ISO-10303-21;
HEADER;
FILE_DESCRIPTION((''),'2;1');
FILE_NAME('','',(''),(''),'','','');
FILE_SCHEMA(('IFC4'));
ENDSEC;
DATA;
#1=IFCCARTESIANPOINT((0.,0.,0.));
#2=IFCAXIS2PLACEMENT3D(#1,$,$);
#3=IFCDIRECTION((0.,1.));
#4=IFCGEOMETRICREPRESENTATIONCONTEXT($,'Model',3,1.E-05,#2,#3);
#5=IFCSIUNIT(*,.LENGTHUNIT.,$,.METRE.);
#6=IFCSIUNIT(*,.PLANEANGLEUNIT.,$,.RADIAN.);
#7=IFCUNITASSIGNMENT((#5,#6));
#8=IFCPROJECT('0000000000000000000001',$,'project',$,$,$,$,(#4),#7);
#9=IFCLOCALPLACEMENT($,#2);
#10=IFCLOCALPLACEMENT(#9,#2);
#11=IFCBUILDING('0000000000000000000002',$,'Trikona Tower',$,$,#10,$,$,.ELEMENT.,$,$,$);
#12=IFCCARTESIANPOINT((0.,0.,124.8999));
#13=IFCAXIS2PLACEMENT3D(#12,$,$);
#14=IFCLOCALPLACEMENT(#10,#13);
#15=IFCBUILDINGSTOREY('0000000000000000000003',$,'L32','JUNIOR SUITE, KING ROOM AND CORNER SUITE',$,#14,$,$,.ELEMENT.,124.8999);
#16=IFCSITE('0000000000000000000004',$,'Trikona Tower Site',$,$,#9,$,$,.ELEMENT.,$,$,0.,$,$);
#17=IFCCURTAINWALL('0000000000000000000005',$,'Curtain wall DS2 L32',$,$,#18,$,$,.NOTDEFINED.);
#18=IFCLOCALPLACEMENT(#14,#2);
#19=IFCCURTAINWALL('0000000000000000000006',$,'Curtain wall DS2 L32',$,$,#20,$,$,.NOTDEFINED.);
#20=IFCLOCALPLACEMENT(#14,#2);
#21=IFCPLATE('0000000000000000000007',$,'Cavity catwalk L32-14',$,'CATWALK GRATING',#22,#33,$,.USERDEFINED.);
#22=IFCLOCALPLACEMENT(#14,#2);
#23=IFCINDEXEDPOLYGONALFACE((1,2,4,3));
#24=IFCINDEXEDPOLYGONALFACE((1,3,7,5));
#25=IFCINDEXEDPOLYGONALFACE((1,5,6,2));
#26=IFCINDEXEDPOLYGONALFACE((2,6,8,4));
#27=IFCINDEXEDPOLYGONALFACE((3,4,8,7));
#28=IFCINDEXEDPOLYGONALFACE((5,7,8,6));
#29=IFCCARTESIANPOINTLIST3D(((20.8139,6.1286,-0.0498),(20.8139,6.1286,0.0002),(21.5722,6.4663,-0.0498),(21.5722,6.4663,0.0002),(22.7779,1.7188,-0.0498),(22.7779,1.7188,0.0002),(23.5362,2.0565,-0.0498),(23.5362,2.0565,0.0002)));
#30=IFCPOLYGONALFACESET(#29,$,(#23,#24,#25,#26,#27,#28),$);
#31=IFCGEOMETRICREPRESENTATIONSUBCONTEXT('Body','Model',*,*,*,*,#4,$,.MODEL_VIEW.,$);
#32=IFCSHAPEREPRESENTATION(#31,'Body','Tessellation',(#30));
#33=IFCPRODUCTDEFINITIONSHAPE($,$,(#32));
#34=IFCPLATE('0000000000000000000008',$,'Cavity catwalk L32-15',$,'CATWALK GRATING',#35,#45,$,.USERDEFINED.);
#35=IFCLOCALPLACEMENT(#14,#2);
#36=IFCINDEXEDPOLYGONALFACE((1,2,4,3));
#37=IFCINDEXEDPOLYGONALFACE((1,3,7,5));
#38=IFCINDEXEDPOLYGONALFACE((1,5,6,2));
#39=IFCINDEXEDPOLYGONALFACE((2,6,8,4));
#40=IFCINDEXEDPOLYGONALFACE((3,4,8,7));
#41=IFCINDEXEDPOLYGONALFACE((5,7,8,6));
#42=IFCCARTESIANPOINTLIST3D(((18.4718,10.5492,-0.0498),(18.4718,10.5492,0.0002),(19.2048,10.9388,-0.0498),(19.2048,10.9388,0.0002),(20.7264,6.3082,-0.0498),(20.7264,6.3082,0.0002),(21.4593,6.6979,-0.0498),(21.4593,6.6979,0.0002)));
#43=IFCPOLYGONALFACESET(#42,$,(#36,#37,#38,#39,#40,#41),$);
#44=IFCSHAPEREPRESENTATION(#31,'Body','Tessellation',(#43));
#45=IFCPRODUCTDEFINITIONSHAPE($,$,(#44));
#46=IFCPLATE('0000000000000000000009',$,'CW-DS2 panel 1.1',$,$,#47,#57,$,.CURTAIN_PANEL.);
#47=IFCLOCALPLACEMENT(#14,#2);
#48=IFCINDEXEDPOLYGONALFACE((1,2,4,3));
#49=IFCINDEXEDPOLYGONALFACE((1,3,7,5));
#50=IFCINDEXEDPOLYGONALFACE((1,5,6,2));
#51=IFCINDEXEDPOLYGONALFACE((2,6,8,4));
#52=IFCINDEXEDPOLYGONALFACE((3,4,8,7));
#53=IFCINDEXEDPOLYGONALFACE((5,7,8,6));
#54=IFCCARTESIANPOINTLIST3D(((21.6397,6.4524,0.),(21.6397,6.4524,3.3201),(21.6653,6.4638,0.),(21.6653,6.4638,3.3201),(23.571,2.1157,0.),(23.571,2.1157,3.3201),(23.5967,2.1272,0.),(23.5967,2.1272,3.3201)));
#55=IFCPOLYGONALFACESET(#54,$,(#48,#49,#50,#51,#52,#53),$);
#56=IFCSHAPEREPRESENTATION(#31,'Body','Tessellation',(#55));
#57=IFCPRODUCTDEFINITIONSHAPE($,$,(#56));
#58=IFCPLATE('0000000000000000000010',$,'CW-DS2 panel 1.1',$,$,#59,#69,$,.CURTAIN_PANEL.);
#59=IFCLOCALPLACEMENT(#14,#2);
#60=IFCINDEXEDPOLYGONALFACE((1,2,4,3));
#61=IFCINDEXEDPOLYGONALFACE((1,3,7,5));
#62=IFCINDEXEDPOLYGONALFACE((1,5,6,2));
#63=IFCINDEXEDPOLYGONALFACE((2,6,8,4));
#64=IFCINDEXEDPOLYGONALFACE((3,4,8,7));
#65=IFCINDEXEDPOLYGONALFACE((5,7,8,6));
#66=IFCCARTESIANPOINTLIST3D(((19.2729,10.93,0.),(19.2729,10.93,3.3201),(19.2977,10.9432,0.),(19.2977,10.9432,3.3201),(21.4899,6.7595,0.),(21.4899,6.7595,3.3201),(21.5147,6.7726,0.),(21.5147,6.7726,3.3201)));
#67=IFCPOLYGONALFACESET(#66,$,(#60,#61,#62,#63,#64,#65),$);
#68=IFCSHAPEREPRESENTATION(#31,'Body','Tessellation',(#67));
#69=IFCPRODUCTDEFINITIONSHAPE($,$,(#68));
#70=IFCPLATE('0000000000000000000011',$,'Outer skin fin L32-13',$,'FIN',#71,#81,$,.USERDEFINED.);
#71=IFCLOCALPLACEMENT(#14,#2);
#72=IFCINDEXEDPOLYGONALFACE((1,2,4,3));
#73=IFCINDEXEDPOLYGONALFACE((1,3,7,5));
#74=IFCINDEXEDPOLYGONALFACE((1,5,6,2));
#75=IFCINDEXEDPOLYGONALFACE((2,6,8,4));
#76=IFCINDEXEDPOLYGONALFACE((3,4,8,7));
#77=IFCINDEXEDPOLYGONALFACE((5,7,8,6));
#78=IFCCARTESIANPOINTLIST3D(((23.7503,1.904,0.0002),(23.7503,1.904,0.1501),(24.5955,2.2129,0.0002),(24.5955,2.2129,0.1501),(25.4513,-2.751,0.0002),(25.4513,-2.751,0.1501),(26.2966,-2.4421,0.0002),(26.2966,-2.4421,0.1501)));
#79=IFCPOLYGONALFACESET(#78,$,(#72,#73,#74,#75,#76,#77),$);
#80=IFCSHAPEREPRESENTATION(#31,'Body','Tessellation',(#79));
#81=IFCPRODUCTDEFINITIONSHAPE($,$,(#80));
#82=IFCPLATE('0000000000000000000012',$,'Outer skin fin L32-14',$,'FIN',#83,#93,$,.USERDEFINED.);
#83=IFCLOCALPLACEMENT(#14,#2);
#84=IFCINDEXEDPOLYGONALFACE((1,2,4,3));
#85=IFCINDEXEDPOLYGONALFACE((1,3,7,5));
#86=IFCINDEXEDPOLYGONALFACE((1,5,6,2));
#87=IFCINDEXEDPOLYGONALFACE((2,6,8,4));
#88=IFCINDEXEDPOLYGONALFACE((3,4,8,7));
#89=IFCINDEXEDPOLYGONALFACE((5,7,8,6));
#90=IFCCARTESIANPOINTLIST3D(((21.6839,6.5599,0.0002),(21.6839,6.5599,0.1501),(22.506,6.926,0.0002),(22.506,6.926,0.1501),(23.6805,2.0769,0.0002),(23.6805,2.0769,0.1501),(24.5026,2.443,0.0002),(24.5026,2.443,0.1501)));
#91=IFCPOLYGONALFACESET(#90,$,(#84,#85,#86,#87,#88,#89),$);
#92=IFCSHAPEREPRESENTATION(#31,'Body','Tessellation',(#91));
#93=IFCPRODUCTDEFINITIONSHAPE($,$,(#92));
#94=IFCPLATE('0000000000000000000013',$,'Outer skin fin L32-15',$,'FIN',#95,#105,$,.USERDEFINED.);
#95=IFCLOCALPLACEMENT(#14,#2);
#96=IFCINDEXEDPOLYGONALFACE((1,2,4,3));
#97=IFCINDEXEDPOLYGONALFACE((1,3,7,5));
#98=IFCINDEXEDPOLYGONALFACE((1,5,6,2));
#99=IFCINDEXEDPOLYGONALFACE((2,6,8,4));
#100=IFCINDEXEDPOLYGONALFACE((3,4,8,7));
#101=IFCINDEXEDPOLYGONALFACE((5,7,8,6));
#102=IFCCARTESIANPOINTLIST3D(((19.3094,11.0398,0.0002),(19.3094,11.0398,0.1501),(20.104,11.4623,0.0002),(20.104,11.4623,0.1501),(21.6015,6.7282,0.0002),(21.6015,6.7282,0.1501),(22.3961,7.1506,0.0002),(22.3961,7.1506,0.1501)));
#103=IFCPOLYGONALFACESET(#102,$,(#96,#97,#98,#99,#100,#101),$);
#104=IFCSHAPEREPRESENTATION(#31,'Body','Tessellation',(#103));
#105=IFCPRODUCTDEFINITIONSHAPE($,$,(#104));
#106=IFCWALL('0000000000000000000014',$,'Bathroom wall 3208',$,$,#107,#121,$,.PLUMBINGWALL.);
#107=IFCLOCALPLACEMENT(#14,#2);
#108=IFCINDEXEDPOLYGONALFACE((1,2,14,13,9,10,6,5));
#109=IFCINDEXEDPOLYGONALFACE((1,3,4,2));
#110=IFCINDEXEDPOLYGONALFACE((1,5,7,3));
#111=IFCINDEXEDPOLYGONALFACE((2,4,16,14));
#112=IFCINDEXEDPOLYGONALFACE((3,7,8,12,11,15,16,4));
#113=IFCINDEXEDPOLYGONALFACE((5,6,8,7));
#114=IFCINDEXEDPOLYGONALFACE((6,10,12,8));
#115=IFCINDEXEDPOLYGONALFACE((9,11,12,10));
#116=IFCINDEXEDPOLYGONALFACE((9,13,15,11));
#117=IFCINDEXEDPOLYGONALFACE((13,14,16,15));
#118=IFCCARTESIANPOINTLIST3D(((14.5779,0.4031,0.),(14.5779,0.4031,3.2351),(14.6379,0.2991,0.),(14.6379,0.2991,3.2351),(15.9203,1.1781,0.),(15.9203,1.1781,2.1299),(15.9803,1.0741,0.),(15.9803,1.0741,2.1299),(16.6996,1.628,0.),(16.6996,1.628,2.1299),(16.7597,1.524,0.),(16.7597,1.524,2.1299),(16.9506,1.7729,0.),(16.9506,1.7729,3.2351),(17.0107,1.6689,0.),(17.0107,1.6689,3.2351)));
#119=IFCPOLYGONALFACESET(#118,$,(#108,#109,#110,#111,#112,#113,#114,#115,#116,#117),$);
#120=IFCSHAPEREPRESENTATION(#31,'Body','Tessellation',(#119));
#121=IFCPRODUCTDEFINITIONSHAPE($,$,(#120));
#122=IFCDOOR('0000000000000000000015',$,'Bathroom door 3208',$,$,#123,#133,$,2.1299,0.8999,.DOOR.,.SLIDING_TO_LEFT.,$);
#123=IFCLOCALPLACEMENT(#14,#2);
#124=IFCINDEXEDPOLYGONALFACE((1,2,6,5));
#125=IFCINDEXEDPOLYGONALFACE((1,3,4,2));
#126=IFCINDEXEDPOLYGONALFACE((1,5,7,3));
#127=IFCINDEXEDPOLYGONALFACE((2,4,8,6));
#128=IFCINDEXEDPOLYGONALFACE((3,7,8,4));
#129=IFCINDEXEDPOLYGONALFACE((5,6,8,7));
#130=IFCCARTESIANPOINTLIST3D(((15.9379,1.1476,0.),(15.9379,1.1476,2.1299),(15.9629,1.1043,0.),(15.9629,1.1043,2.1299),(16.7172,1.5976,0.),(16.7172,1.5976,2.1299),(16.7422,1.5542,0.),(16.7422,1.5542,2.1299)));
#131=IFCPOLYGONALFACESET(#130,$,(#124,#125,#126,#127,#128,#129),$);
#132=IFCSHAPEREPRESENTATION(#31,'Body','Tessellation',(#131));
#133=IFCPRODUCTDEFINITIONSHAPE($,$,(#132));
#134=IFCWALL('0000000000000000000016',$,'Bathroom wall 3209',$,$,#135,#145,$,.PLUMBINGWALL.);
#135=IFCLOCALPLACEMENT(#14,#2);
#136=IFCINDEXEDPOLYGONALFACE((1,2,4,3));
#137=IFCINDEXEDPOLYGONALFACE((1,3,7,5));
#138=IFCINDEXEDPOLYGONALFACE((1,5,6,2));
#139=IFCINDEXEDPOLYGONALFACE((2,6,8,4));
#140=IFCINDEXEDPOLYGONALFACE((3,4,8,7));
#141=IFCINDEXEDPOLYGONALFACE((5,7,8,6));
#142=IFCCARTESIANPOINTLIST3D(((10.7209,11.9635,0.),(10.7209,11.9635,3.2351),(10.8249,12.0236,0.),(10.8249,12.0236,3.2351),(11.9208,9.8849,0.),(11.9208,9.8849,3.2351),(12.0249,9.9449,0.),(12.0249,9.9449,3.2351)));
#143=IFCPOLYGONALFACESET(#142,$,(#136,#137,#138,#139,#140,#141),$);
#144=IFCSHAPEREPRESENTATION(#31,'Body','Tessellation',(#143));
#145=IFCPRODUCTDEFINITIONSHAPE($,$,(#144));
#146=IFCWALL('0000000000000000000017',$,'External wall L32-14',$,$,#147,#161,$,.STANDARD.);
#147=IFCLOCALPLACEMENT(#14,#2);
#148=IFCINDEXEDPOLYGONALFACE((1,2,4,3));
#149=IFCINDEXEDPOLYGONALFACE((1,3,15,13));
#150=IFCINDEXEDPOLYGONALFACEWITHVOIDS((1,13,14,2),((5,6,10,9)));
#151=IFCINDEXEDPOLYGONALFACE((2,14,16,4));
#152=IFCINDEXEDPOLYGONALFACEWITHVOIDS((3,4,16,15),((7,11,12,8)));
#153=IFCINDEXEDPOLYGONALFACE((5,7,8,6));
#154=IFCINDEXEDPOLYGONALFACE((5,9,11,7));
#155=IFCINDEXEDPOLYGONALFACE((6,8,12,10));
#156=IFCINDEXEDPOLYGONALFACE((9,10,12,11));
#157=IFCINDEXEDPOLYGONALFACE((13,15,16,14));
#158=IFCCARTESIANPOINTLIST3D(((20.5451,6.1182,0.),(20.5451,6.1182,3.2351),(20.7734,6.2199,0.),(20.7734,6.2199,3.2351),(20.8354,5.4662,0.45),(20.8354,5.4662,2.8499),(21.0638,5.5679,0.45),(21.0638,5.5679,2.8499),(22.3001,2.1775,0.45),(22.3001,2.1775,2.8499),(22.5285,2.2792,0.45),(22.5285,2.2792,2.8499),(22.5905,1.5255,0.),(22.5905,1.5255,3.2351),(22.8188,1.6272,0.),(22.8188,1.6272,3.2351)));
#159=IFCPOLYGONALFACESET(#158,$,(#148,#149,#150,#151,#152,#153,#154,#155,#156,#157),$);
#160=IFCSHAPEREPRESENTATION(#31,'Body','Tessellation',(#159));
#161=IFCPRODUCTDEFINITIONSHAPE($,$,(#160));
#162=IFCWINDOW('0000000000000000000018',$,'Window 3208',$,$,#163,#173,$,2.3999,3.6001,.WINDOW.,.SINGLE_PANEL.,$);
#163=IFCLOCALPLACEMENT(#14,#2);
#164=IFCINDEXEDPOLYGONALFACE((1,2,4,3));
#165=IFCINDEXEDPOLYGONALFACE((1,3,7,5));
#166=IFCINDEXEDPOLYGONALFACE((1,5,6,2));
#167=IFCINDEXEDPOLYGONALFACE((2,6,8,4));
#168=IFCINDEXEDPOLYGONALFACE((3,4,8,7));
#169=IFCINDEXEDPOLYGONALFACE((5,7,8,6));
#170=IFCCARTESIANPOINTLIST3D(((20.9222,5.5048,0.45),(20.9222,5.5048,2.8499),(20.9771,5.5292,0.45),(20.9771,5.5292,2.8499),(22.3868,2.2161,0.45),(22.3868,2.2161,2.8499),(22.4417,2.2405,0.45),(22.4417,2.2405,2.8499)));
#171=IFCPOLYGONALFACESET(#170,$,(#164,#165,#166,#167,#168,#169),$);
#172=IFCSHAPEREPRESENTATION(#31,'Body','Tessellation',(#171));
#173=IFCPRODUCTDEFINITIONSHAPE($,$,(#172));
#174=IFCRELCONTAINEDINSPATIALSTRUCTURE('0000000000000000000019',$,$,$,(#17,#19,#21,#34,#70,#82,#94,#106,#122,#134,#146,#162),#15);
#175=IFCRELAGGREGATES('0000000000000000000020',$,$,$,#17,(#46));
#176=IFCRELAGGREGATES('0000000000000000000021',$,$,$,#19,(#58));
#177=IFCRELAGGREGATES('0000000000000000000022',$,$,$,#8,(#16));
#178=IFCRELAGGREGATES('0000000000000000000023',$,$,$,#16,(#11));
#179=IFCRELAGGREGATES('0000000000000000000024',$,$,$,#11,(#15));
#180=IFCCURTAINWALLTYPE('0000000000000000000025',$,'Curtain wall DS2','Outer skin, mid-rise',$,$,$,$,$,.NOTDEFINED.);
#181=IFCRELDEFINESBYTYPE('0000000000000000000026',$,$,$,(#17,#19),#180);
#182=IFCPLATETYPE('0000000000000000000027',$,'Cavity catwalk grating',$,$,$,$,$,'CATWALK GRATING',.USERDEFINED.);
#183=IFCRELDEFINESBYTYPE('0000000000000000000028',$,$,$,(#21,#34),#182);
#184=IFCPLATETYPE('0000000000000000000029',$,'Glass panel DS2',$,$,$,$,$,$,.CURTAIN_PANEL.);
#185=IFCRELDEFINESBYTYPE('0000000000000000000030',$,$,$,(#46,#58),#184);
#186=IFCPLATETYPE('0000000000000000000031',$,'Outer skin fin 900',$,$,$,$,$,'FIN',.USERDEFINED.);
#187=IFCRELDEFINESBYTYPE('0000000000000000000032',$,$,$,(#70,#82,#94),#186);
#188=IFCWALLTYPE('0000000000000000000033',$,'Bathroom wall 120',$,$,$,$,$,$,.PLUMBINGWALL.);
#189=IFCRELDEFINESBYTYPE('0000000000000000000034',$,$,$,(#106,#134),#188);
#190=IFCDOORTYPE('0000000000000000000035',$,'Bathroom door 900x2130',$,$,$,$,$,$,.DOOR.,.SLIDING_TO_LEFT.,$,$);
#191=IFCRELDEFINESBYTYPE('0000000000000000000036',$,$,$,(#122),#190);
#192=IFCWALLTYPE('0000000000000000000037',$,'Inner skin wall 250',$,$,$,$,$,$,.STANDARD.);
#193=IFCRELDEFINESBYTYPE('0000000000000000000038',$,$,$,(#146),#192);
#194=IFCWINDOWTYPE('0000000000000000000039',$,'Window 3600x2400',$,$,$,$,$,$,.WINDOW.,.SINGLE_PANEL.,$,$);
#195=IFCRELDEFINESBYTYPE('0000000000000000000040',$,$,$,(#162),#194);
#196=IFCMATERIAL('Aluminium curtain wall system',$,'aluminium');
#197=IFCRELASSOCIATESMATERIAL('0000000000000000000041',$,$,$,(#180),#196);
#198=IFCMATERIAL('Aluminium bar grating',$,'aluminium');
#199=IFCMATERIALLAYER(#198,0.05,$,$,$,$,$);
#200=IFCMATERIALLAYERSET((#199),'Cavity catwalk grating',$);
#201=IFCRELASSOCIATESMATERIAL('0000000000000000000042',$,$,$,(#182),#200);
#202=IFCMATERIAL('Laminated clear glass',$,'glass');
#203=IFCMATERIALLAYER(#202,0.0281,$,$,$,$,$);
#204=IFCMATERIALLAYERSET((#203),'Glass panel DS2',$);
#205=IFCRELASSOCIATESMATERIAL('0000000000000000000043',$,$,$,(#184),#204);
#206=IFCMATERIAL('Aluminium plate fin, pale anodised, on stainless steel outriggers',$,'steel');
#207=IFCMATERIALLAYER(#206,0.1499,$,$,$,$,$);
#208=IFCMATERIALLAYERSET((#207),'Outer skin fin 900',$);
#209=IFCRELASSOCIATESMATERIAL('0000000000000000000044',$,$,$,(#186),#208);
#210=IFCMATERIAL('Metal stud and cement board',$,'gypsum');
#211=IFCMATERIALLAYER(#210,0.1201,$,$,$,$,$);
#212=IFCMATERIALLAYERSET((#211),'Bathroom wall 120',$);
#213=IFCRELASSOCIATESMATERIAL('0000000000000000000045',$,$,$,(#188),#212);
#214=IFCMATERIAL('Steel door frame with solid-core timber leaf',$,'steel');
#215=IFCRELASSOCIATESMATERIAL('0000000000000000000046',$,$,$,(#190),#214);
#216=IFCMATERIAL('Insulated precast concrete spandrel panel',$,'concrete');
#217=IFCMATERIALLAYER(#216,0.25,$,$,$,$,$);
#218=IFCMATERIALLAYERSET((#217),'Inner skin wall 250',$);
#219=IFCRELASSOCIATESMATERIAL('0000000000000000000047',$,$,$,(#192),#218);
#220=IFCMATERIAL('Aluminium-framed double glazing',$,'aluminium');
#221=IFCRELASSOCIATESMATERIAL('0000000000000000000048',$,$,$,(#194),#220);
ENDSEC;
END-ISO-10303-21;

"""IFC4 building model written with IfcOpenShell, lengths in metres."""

from ifc_helpers import new_model, si_unit, direction, frame, frame_2d, origin, origin_2d, place, context, subcontext, project, spatial, rectangle, extrude, material, layer, layer_set, type_object, element, fill, aggregate, save


model = new_model("IFC4")

# Units and contexts
model_context = context("Model", 3, precision=1e-05, world=origin(), true_north=direction((0.0, 1.0)))
body_context = subcontext(model_context, "Body", "Model", "MODEL_VIEW")
ifc_project = project(units=[si_unit("LENGTHUNIT", "METRE"), si_unit("PLANEANGLEUNIT", "RADIAN")], contexts=[model_context])

# Site, building, storey
site_placement = place(None, origin())
site = spatial("IfcSite", under=ifc_project, at=site_placement, Name="Trikona Tower Site", CompositionType="ELEMENT", RefElevation=0.0)
building_placement = place(site_placement, origin())
building = spatial("IfcBuilding", under=site, at=building_placement, Name="Trikona Tower", CompositionType="ELEMENT")
storey_placement = place(building_placement, frame((0.0, 0.0, 124.8999)))
storey = spatial("IfcBuildingStorey", under=building, at=storey_placement, Name="L32", Description="JUNIOR SUITE, KING ROOM AND CORNER SUITE", CompositionType="ELEMENT", Elevation=124.8999)

# Shared definitions
ifc_material_1 = material(Name="Aluminium curtain wall system", Category="aluminium")
curtain_wall_type = type_object("IfcCurtainWallType", Name="Curtain wall DS2", Description="Outer skin, mid-rise", PredefinedType="NOTDEFINED", material=ifc_material_1)

# Curtain walls
curtain_wall_1_placement = place(storey_placement, origin())
curtain_wall_1 = element("IfcCurtainWall", 1, at=curtain_wall_1_placement, inside=storey, type_object=curtain_wall_type, Name="Curtain wall DS2 L32", PredefinedType="NOTDEFINED")
curtain_wall_2_placement = place(storey_placement, origin())
curtain_wall_2 = element("IfcCurtainWall", 2, at=curtain_wall_2_placement, inside=storey, type_object=curtain_wall_type, Name="Curtain wall DS2 L32", PredefinedType="NOTDEFINED")

# Plates
ifc_material_2 = material(Name="Aluminium bar grating", Category="aluminium")
ifc_layer_1 = layer(ifc_material_2, 0.05)
ifc_layer_set_1 = layer_set([ifc_layer_1], Name="Cavity catwalk grating")
plate_type_1 = type_object("IfcPlateType", Name="Cavity catwalk grating", ElementType="CATWALK GRATING", PredefinedType="USERDEFINED", material=ifc_layer_set_1)
plate_1_placement = place(storey_placement, frame((22.175, 4.0925, -0.0498), z_axis=(0.0, 0.0, 1.0), x_axis=(-0.406843, 0.913498, 0.0)))
element("IfcPlate", 3, at=plate_1_placement, inside=storey, type_object=plate_type_1, Name="Cavity catwalk L32-14", ObjectType="CATWALK GRATING", PredefinedType="USERDEFINED", context=body_context, shape_type="SweptSolid", body=[
    extrude(rectangle(XDim=4.8274, YDim=0.8301, at=origin_2d()), origin(), (0.0, 0.0, 1.0), 0.05),
])
plate_2_placement = place(storey_placement, frame((19.9656, 8.6235, -0.0498), z_axis=(0.0, 0.0, 1.0), x_axis=(-0.469398, 0.882987, 0.0)))
element("IfcPlate", 4, at=plate_2_placement, inside=storey, type_object=plate_type_1, Name="Cavity catwalk L32-15", ObjectType="CATWALK GRATING", PredefinedType="USERDEFINED", context=body_context, shape_type="SweptSolid", body=[
    extrude(rectangle(XDim=4.803, YDim=0.8301, at=origin_2d()), origin(), (0.0, 0.0, 1.0), 0.05),
])

# Plates
ifc_material_3 = material(Name="Laminated clear glass", Category="glass")
ifc_layer_2 = layer(ifc_material_3, 0.0281)
ifc_layer_set_2 = layer_set([ifc_layer_2], Name="Glass panel DS2")
plate_type_2 = type_object("IfcPlateType", Name="Glass panel DS2", PredefinedType="CURTAIN_PANEL", material=ifc_layer_set_2)
plate_3_placement = place(storey_placement, frame((22.6182, 4.2898, 0.0), z_axis=(0.0, 0.0, 1.0), x_axis=(-0.406836, 0.913501, 0.0)))
plate_3 = element("IfcPlate", 5, at=plate_3_placement, type_object=plate_type_2, Name="CW-DS2 panel 1.1", PredefinedType="CURTAIN_PANEL", context=body_context, shape_type="SweptSolid", body=[
    extrude(rectangle(XDim=4.7473, YDim=0.0281, at=origin_2d()), origin(), (0.0, 0.0, 1.0), 3.3201),
])
aggregate(curtain_wall_1, [plate_3])
plate_4_placement = place(storey_placement, frame((20.3938, 8.8513, 0.0), z_axis=(0.0, 0.0, 1.0), x_axis=(-0.46938, 0.882996, 0.0)))
plate_4 = element("IfcPlate", 6, at=plate_4_placement, type_object=plate_type_2, Name="CW-DS2 panel 1.1", PredefinedType="CURTAIN_PANEL", context=body_context, shape_type="SweptSolid", body=[
    extrude(rectangle(XDim=4.7231, YDim=0.0281, at=origin_2d()), origin(), (0.0, 0.0, 1.0), 3.3201),
])
aggregate(curtain_wall_2, [plate_4])

# Plates
ifc_material_4 = material(Name="Aluminium plate fin, pale anodised, on stainless steel outriggers", Category="steel")
ifc_layer_3 = layer(ifc_material_4, 0.1499)
ifc_layer_set_3 = layer_set([ifc_layer_3], Name="Outer skin fin 900")
plate_type_3 = type_object("IfcPlateType", Name="Outer skin fin 900", ElementType="FIN", PredefinedType="USERDEFINED", material=ifc_layer_set_3)
plate_5_placement = place(storey_placement, frame((25.0234, -0.269, 0.0002), z_axis=(0.0, 0.0, 1.0), x_axis=(-0.34322, 0.939255, 0.0)))
element("IfcPlate", 7, at=plate_5_placement, inside=storey, type_object=plate_type_3, Name="Outer skin fin L32-13", ObjectType="FIN", PredefinedType="USERDEFINED", context=body_context, shape_type="SweptSolid", body=[
    extrude(rectangle(XDim=4.9561, YDim=0.8999, at=origin_2d()), origin(), (0.0, 0.0, 1.0), 0.1499),
])
plate_6_placement = place(storey_placement, frame((23.0933, 4.5015, 0.0002), z_axis=(0.0, 0.0, 1.0), x_axis=(-0.406843, 0.913498, 0.0)))
element("IfcPlate", 8, at=plate_6_placement, inside=storey, type_object=plate_type_3, Name="Outer skin fin L32-14", ObjectType="FIN", PredefinedType="USERDEFINED", context=body_context, shape_type="SweptSolid", body=[
    extrude(rectangle(XDim=4.9075, YDim=0.8999, at=origin_2d()), origin(), (0.0, 0.0, 1.0), 0.1499),
])
plate_7_placement = place(storey_placement, frame((20.8528, 9.0952, 0.0002), z_axis=(0.0, 0.0, 1.0), x_axis=(-0.469398, 0.882987, 0.0)))
element("IfcPlate", 9, at=plate_7_placement, inside=storey, type_object=plate_type_3, Name="Outer skin fin L32-15", ObjectType="FIN", PredefinedType="USERDEFINED", context=body_context, shape_type="SweptSolid", body=[
    extrude(rectangle(XDim=4.8831, YDim=0.8999, at=origin_2d()), origin(), (0.0, 0.0, 1.0), 0.1499),
])

# Wall, opening, door
ifc_material_5 = material(Name="Metal stud and cement board", Category="gypsum")
ifc_layer_4 = layer(ifc_material_5, 0.1201)
ifc_layer_set_4 = layer_set([ifc_layer_4], Name="Bathroom wall 120")
wall_type_1 = type_object("IfcWallType", Name="Bathroom wall 120", PredefinedType="PLUMBINGWALL", material=ifc_layer_set_4)
wall_1_placement = place(storey_placement, frame((14.6079, 0.3511, 0.0), z_axis=(0.0, 0.0, 1.0), x_axis=(0.866036, 0.499982, 0.0)))
wall_1 = element("IfcWall", 10, at=wall_1_placement, inside=storey, type_object=wall_type_1, Name="Bathroom wall 3208", PredefinedType="PLUMBINGWALL", context=body_context, shape_type="SweptSolid", body=[
    extrude(rectangle(XDim=2.7397, YDim=0.1201, at=frame_2d((1.3699, 0.0))), origin(), (0.0, 0.0, 1.0), 3.2351),
])
opening_1_placement = place(wall_1_placement, frame((1.55, 0.0, 0.0)))
opening_1 = element("IfcOpeningElement", 11, at=opening_1_placement, cuts=wall_1, PredefinedType="OPENING", context=body_context, shape_type="SweptSolid", body=[
    extrude(rectangle(XDim=0.8999, YDim=2.1299, at=frame_2d((0.45, 1.0649))), frame((0.0, 0.0701, 0.0), z_axis=(0.0, -1.0, 0.0), x_axis=(1.0, 0.0, 0.0)), (0.0, 0.0, 1.0), 0.1401),
])
ifc_material_6 = material(Name="Steel door frame with solid-core timber leaf", Category="steel")
door_type = type_object("IfcDoorType", Name="Bathroom door 900x2130", OperationType="SLIDING_TO_LEFT", PredefinedType="DOOR", material=ifc_material_6)
door_placement = place(opening_1_placement, origin())
door = element("IfcDoor", 12, at=door_placement, inside=storey, type_object=door_type, Name="Bathroom door 3208", OperationType="SLIDING_TO_LEFT", OverallHeight=2.1299, OverallWidth=0.8999, PredefinedType="DOOR", context=body_context, shape_type="SweptSolid", body=[
    extrude(rectangle(XDim=0.8999, YDim=2.1299, at=frame_2d((0.45, 1.0649))), frame((0.0, 0.0249, 0.0), z_axis=(0.0, -1.0, 0.0), x_axis=(1.0, 0.0, 0.0)), (0.0, 0.0, 1.0), 0.05),
])
fill(opening_1, door)

# Wall
wall_2_placement = place(storey_placement, frame((11.9729, 9.9148, 0.0), z_axis=(0.0, 0.0, 1.0), x_axis=(-0.499957, 0.86605, 0.0)))
element("IfcWall", 13, at=wall_2_placement, inside=storey, type_object=wall_type_1, Name="Bathroom wall 3209", PredefinedType="PLUMBINGWALL", context=body_context, shape_type="SweptSolid", body=[
    extrude(rectangle(XDim=2.4001, YDim=0.1201, at=frame_2d((1.2002, 0.0))), origin(), (0.0, 0.0, 1.0), 3.2351),
])

# Wall, opening, window
ifc_material_7 = material(Name="Insulated precast concrete spandrel panel", Category="concrete")
ifc_layer_5 = layer(ifc_material_7, 0.25)
ifc_layer_set_5 = layer_set([ifc_layer_5], Name="Inner skin wall 250")
wall_type_2 = type_object("IfcWallType", Name="Inner skin wall 250", PredefinedType="STANDARD", material=ifc_layer_set_5)
wall_3_placement = place(storey_placement, frame((22.7046, 1.5764, 0.0), z_axis=(0.0, 0.0, 1.0), x_axis=(-0.406832, 0.913503, 0.0)))
wall_3 = element("IfcWall", 14, at=wall_3_placement, inside=storey, type_object=wall_type_2, Name="External wall L32-14", PredefinedType="STANDARD", context=body_context, shape_type="SweptSolid", body=[
    extrude(rectangle(XDim=5.0276, YDim=0.25, at=frame_2d((2.5137, 0.0))), origin(), (0.0, 0.0, 1.0), 3.2351),
])
opening_2_placement = place(wall_3_placement, frame((0.7136, 0.0, 0.45)))
opening_2 = element("IfcOpeningElement", 15, at=opening_2_placement, cuts=wall_3, PredefinedType="OPENING", context=body_context, shape_type="SweptSolid", body=[
    extrude(rectangle(XDim=3.6001, YDim=2.3999, at=frame_2d((1.8, 1.2))), frame((0.0, 0.135, 0.0), z_axis=(0.0, -1.0, 0.0), x_axis=(1.0, 0.0, 0.0)), (0.0, 0.0, 1.0), 0.27),
])
ifc_material_8 = material(Name="Aluminium-framed double glazing", Category="aluminium")
window_type = type_object("IfcWindowType", Name="Window 3600x2400", PartitioningType="SINGLE_PANEL", PredefinedType="WINDOW", material=ifc_material_8)
window_1_placement = place(opening_2_placement, origin())
window_1 = element("IfcWindow", 16, at=window_1_placement, inside=storey, type_object=window_type, Name="Window 3208", OverallHeight=2.3999, OverallWidth=3.6001, PartitioningType="SINGLE_PANEL", PredefinedType="WINDOW", context=body_context, shape_type="SweptSolid", body=[
    extrude(rectangle(XDim=3.6001, YDim=2.3999, at=frame_2d((1.8, 1.2))), frame((0.0, 0.03, 0.0), z_axis=(0.0, -1.0, 0.0), x_axis=(1.0, 0.0, 0.0)), (0.0, 0.0, 1.0), 0.0601),
])
fill(opening_2, window_1)

save(model, "model.ifc")
